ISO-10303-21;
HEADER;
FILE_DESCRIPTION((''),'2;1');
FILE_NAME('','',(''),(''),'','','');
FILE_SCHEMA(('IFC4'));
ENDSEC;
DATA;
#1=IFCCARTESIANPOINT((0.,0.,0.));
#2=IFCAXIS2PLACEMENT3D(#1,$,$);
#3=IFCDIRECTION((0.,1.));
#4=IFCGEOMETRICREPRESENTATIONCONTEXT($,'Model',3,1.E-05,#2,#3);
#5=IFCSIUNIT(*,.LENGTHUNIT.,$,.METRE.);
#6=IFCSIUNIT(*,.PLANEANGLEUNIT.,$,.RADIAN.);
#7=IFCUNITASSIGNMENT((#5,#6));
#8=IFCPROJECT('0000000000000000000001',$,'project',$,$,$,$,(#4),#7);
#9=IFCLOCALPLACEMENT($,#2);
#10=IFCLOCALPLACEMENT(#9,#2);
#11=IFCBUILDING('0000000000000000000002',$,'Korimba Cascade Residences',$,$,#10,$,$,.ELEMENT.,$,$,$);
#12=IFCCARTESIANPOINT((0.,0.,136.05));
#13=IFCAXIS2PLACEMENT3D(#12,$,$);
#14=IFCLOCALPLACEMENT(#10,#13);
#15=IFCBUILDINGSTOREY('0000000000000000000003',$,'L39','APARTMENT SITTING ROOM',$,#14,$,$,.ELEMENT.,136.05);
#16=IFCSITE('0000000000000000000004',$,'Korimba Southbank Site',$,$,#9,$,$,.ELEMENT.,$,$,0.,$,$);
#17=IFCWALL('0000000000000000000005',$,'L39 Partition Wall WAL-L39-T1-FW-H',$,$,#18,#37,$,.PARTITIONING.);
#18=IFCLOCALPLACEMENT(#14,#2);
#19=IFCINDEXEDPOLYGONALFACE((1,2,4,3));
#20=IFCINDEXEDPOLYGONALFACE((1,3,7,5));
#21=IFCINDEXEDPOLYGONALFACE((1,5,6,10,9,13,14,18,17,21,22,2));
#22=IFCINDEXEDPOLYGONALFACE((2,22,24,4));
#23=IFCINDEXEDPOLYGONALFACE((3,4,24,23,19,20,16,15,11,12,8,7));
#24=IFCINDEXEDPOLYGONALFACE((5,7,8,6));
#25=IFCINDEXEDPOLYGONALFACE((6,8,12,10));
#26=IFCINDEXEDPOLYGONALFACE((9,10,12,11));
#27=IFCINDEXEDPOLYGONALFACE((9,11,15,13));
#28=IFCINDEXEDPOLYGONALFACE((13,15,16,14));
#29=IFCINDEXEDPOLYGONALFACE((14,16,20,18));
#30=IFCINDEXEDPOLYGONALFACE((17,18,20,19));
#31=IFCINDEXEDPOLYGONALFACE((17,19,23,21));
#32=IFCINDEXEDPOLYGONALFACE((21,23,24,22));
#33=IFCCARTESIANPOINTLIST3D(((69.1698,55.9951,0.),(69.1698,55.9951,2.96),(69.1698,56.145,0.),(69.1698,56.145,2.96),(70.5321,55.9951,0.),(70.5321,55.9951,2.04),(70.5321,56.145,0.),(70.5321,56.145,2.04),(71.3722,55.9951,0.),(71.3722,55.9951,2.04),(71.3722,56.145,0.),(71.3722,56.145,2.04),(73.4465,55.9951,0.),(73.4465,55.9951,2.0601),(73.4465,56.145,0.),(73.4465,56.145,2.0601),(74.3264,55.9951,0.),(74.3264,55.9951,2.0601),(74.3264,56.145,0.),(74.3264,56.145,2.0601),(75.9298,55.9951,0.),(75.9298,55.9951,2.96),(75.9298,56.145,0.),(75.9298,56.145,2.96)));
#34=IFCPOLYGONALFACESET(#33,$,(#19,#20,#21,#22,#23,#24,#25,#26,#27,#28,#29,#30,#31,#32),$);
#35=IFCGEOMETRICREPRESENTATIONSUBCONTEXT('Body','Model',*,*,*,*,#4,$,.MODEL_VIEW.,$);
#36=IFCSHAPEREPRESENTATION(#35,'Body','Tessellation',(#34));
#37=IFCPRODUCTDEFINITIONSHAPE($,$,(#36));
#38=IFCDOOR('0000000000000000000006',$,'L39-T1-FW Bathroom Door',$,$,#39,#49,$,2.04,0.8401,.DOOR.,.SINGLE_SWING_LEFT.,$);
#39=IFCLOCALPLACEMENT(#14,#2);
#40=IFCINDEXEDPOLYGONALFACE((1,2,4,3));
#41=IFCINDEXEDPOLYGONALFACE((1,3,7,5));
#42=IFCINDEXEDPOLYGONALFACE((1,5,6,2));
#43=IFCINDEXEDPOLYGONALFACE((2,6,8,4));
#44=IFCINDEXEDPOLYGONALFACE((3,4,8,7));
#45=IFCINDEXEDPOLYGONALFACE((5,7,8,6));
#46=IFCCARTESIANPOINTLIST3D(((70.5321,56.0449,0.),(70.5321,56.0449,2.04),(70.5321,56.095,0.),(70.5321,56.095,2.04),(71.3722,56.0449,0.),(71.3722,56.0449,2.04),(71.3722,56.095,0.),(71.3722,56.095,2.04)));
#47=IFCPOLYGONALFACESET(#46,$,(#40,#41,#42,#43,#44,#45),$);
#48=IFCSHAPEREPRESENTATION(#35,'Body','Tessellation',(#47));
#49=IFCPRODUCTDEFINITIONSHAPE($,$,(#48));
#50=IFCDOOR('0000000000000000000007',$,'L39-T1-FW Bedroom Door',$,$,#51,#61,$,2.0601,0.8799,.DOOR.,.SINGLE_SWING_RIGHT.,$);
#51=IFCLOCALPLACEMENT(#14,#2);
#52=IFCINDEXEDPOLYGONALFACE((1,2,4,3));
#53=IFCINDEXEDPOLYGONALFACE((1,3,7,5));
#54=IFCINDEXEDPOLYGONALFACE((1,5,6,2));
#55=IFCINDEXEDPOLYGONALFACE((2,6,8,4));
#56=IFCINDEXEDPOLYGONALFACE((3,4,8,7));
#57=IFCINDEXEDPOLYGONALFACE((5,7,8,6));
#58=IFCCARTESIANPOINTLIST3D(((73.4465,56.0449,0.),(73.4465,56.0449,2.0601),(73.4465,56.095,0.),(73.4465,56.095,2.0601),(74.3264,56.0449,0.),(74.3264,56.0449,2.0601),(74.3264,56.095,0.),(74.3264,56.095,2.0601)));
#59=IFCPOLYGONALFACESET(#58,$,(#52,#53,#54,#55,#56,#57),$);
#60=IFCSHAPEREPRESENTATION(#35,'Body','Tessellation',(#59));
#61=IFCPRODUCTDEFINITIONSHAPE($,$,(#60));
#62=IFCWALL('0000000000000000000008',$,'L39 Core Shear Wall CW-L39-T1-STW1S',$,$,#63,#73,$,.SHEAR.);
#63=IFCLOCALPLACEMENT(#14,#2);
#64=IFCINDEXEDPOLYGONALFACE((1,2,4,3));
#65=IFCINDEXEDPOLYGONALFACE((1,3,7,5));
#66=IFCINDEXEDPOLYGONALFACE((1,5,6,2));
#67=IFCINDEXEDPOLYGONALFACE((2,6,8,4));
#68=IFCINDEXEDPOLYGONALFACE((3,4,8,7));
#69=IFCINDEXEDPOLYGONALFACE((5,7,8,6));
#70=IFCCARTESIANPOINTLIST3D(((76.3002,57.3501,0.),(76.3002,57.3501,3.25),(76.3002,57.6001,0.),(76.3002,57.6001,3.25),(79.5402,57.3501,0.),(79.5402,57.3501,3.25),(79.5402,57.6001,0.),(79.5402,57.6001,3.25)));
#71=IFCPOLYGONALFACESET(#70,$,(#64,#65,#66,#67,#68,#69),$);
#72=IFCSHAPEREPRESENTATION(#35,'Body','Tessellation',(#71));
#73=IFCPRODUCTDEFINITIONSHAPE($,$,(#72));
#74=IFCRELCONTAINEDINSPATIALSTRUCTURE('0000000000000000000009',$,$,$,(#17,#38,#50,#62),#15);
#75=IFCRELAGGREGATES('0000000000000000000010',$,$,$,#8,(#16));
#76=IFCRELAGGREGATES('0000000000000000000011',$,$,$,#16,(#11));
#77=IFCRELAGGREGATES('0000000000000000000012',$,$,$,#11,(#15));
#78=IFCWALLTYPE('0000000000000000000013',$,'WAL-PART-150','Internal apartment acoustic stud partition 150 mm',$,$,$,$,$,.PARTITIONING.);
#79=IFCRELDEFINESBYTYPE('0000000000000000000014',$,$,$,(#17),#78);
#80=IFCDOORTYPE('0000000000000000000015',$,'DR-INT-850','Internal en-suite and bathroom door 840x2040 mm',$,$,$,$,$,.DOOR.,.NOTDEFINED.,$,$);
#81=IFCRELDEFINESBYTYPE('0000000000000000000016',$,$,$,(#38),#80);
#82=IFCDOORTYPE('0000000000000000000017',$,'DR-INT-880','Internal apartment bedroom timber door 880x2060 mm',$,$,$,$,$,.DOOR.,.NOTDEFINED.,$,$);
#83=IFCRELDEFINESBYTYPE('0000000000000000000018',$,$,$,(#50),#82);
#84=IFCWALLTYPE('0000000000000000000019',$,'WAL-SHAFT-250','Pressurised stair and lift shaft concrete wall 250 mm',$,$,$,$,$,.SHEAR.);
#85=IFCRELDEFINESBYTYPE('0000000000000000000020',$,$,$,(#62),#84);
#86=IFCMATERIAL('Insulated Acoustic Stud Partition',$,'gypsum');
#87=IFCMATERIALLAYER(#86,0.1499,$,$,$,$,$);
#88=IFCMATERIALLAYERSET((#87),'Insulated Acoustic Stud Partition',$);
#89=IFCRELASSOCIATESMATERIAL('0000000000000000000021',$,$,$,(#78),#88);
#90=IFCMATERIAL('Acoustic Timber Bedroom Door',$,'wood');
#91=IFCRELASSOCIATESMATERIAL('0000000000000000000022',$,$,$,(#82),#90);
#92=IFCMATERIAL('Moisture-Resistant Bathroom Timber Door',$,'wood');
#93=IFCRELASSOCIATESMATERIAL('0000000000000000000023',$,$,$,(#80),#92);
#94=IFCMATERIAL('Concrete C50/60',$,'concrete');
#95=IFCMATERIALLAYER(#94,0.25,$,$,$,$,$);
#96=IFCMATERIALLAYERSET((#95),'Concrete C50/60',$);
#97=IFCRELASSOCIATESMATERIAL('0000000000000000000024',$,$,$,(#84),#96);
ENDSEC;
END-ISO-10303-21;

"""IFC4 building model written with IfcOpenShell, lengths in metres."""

from ifc_helpers import new_model, si_unit, direction, frame, frame_2d, origin, place, context, subcontext, project, spatial, rectangle, extrude, material, layer, layer_set, type_object, element, fill, save


model = new_model("IFC4")

# Units and contexts
model_context = context("Model", 3, precision=1e-05, world=origin(), true_north=direction((0.0, 1.0)))
body_context = subcontext(model_context, "Body", "Model", "MODEL_VIEW")
ifc_project = project(units=[si_unit("LENGTHUNIT", "METRE"), si_unit("PLANEANGLEUNIT", "RADIAN")], contexts=[model_context])

# Site, building, storey
site_placement = place(None, origin())
site = spatial("IfcSite", under=ifc_project, at=site_placement, Name="Korimba Southbank Site", CompositionType="ELEMENT", RefElevation=0.0)
building_placement = place(site_placement, origin())
building = spatial("IfcBuilding", under=site, at=building_placement, Name="Korimba Cascade Residences", CompositionType="ELEMENT")
storey_placement = place(building_placement, frame((0.0, 0.0, 136.05)))
storey = spatial("IfcBuildingStorey", under=building, at=storey_placement, Name="L39", Description="APARTMENT SITTING ROOM", CompositionType="ELEMENT", Elevation=136.05)

# Shared definitions
ifc_material_1 = material(Name="Insulated Acoustic Stud Partition", Category="gypsum")
ifc_layer_1 = layer(ifc_material_1, 0.1499)
ifc_layer_set_1 = layer_set([ifc_layer_1], Name="Insulated Acoustic Stud Partition")
wall_type_1 = type_object("IfcWallType", Name="WAL-PART-150", Description="Internal apartment acoustic stud partition 150 mm", PredefinedType="PARTITIONING", material=ifc_layer_set_1)
ifc_material_2 = material(Name="Acoustic Timber Bedroom Door", Category="wood")
door_type_1 = type_object("IfcDoorType", Name="DR-INT-880", Description="Internal apartment bedroom timber door 880x2060 mm", OperationType="NOTDEFINED", PredefinedType="DOOR", material=ifc_material_2)

# Wall, openings, doors
wall_1_placement = place(storey_placement, frame((69.1699, 56.0701, 0.0), z_axis=(0.0, 0.0, 1.0), x_axis=(1.0, 0.0, 0.0)))
wall_1 = element("IfcWall", 1, at=wall_1_placement, inside=storey, type_object=wall_type_1, Name="L39 Partition Wall WAL-L39-T1-FW-H", PredefinedType="PARTITIONING", context=body_context, shape_type="SweptSolid", body=[
    extrude(rectangle(XDim=6.76, YDim=0.1499, at=frame_2d((3.3799, 0.0))), origin(), (0.0, 0.0, 1.0), 2.96),
])
opening_1_placement = place(wall_1_placement, frame((1.3623, 0.0, 0.0)))
opening_1 = element("IfcOpeningElement", 2, at=opening_1_placement, cuts=wall_1, PredefinedType="OPENING", context=body_context, shape_type="SweptSolid", body=[
    extrude(rectangle(XDim=0.8401, YDim=2.04, at=frame_2d((0.4199, 1.02))), frame((0.0, 0.085, 0.0), z_axis=(0.0, -1.0, 0.0), x_axis=(1.0, 0.0, 0.0)), (0.0, 0.0, 1.0), 0.1699),
])
opening_2_placement = place(wall_1_placement, frame((4.2766, 0.0, 0.0)))
opening_2 = element("IfcOpeningElement", 3, at=opening_2_placement, cuts=wall_1, PredefinedType="OPENING", context=body_context, shape_type="SweptSolid", body=[
    extrude(rectangle(XDim=0.8799, YDim=2.0601, at=frame_2d((0.4399, 1.03))), frame((0.0, 0.085, 0.0), z_axis=(0.0, -1.0, 0.0), x_axis=(1.0, 0.0, 0.0)), (0.0, 0.0, 1.0), 0.1699),
])
ifc_material_3 = material(Name="Moisture-Resistant Bathroom Timber Door", Category="wood")
door_type_2 = type_object("IfcDoorType", Name="DR-INT-850", Description="Internal en-suite and bathroom door 840x2040 mm", OperationType="NOTDEFINED", PredefinedType="DOOR", material=ifc_material_3)
door_1_placement = place(opening_1_placement, origin())
door_1 = element("IfcDoor", 4, at=door_1_placement, inside=storey, type_object=door_type_2, Name="L39-T1-FW Bathroom Door", OperationType="SINGLE_SWING_LEFT", OverallHeight=2.04, OverallWidth=0.8401, PredefinedType="DOOR", context=body_context, shape_type="SweptSolid", body=[
    extrude(rectangle(XDim=0.8401, YDim=2.04, at=frame_2d((0.4199, 1.02))), frame((0.0, 0.0249, 0.0), z_axis=(0.0, -1.0, 0.0), x_axis=(1.0, 0.0, 0.0)), (0.0, 0.0, 1.0), 0.05),
])
fill(opening_1, door_1)
door_2_placement = place(opening_2_placement, origin())
door_2 = element("IfcDoor", 5, at=door_2_placement, inside=storey, type_object=door_type_1, Name="L39-T1-FW Bedroom Door", OperationType="SINGLE_SWING_RIGHT", OverallHeight=2.0601, OverallWidth=0.8799, PredefinedType="DOOR", context=body_context, shape_type="SweptSolid", body=[
    extrude(rectangle(XDim=0.8799, YDim=2.0601, at=frame_2d((0.4399, 1.03))), frame((0.0, 0.0249, 0.0), z_axis=(0.0, -1.0, 0.0), x_axis=(1.0, 0.0, 0.0)), (0.0, 0.0, 1.0), 0.05),
])
fill(opening_2, door_2)

# Wall
ifc_material_4 = material(Name="Concrete C50/60", Category="concrete")
ifc_layer_2 = layer(ifc_material_4, 0.25)
ifc_layer_set_2 = layer_set([ifc_layer_2], Name="Concrete C50/60")
wall_type_2 = type_object("IfcWallType", Name="WAL-SHAFT-250", Description="Pressurised stair and lift shaft concrete wall 250 mm", PredefinedType="SHEAR", material=ifc_layer_set_2)
wall_2_placement = place(storey_placement, frame((76.3, 57.4751, 0.0), z_axis=(0.0, 0.0, 1.0), x_axis=(1.0, 0.0, 0.0)))
element("IfcWall", 6, at=wall_2_placement, inside=storey, type_object=wall_type_2, Name="L39 Core Shear Wall CW-L39-T1-STW1S", PredefinedType="SHEAR", context=body_context, shape_type="SweptSolid", body=[
    extrude(rectangle(XDim=3.24, YDim=0.25, at=frame_2d((1.6201, 0.0))), origin(), (0.0, 0.0, 1.0), 3.25),
])

save(model, "model.ifc")
